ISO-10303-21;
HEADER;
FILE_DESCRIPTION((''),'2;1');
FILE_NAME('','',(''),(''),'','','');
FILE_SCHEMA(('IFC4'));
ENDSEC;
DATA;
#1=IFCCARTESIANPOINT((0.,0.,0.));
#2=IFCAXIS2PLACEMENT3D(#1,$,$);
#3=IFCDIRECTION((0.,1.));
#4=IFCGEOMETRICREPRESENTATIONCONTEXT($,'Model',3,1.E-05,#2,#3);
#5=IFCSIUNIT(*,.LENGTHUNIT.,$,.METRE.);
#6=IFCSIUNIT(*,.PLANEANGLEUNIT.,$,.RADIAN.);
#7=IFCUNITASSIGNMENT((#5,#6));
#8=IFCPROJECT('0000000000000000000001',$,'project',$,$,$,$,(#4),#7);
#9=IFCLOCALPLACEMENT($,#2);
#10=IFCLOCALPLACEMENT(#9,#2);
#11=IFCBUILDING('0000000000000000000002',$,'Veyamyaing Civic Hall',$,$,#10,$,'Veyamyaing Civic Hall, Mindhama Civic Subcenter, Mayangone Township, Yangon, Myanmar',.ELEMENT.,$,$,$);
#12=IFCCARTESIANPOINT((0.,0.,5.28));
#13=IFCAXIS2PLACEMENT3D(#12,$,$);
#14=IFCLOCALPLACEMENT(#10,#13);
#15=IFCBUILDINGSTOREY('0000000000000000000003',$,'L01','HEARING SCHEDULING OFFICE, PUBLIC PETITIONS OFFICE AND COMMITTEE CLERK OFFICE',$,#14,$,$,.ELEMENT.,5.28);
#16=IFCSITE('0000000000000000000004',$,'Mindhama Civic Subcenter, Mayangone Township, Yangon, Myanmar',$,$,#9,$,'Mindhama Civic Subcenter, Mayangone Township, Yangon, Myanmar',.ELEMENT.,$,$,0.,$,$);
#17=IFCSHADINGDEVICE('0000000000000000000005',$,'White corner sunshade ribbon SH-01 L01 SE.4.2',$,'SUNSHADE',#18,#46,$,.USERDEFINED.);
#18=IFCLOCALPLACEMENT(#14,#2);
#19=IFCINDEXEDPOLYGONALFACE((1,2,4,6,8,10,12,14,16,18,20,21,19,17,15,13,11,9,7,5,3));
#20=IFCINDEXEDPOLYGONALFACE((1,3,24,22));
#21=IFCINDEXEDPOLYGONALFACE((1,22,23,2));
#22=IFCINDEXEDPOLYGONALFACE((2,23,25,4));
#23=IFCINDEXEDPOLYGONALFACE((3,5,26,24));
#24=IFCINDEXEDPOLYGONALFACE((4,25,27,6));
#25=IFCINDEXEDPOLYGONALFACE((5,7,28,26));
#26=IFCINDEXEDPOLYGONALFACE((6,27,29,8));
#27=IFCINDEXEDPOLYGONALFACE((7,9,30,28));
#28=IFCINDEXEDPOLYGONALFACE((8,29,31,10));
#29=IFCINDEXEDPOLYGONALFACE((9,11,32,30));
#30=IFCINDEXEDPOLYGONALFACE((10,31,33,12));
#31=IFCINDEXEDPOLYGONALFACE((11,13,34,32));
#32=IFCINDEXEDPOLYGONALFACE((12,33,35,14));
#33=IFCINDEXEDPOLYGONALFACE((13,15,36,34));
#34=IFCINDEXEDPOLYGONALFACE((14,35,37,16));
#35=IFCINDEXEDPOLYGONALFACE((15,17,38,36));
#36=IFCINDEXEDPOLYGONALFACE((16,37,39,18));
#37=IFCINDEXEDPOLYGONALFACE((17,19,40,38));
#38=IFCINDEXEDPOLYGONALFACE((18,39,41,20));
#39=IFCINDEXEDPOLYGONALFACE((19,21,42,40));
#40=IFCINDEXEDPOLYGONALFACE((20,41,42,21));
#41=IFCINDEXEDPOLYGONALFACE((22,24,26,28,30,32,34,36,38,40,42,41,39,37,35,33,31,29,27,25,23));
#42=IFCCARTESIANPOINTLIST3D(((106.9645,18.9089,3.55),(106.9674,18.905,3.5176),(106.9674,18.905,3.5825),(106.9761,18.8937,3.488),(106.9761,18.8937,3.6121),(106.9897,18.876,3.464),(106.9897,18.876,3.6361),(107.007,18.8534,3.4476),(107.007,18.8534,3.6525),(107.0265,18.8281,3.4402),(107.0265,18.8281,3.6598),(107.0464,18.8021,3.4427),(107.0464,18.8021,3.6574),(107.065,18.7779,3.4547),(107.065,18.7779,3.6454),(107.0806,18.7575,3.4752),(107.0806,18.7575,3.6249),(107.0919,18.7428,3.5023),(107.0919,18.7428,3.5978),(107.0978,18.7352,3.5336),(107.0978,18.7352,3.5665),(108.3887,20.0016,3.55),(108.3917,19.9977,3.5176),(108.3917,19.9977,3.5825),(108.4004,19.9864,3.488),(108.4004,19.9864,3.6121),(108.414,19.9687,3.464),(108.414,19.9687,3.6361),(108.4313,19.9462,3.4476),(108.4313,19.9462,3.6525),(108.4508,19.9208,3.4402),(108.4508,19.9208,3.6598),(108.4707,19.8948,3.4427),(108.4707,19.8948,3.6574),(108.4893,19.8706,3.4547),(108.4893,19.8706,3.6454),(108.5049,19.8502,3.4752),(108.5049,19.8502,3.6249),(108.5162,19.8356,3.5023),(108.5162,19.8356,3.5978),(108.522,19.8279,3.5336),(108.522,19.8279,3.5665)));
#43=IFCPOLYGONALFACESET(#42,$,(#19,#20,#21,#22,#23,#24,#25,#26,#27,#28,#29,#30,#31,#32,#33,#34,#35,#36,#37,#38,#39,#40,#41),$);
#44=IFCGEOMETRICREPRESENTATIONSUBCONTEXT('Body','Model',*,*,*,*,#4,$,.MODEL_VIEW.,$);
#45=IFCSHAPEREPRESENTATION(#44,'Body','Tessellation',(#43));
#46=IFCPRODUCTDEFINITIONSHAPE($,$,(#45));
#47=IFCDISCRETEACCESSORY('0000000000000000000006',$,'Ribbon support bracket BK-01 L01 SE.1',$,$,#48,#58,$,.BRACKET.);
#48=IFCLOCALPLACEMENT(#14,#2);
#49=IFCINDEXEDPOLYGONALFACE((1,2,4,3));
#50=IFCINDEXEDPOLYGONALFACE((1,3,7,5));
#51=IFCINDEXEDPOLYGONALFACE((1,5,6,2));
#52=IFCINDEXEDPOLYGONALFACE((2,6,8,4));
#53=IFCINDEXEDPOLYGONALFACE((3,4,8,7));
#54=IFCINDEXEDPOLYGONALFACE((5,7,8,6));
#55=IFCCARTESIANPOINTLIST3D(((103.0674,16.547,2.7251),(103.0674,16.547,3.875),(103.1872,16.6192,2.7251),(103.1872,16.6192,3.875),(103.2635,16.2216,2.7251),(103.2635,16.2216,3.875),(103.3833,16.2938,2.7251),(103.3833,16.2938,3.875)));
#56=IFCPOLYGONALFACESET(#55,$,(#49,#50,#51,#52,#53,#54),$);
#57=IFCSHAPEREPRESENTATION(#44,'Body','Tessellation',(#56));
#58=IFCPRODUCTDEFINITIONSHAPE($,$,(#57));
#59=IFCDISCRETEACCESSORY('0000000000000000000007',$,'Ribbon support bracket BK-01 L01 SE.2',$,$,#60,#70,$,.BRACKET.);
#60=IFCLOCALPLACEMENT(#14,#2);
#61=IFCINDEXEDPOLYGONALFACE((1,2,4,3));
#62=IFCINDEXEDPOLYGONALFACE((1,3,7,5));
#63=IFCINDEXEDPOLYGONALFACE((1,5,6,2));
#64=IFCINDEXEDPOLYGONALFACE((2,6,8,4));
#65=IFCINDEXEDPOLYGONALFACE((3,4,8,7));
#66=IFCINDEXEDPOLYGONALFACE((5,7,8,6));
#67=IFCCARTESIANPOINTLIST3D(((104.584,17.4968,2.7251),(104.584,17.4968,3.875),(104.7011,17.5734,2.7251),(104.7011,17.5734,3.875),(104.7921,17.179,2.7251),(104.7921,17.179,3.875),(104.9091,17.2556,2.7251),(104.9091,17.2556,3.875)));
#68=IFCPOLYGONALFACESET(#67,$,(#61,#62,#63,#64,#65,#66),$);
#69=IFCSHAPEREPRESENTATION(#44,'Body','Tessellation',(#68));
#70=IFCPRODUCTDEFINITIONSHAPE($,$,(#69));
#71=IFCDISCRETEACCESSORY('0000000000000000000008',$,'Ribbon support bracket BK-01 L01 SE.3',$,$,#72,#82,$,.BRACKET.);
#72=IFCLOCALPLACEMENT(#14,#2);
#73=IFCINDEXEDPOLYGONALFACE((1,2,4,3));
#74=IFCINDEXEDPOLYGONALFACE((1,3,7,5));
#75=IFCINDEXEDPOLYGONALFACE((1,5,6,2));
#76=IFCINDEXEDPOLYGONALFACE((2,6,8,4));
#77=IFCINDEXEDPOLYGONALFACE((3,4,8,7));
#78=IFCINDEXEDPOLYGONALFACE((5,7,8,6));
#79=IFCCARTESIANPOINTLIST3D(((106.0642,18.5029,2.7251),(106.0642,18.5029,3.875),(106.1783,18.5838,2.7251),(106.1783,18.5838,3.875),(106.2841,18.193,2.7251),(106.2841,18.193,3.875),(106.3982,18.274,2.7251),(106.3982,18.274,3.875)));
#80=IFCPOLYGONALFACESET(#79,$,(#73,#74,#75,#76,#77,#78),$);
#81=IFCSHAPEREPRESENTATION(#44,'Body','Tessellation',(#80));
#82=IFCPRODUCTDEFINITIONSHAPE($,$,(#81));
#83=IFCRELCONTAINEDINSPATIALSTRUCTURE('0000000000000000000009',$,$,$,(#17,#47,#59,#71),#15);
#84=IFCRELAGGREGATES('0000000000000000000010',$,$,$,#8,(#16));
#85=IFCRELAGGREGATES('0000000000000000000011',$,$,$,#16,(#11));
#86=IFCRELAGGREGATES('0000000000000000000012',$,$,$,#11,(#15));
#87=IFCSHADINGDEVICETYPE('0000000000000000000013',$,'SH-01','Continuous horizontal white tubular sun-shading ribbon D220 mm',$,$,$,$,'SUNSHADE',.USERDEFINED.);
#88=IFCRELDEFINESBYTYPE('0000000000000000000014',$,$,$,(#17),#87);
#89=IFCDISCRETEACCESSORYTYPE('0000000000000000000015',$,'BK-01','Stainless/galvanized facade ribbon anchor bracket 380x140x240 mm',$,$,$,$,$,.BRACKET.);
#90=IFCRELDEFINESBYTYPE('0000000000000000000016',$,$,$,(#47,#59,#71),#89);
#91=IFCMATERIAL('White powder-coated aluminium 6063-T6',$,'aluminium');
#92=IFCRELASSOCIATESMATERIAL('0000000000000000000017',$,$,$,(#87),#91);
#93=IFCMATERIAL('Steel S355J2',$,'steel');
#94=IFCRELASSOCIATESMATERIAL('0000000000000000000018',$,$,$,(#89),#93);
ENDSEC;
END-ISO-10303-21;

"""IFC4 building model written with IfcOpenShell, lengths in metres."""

from ifc_helpers import new_model, si_unit, direction, frame, origin, origin_2d, place, context, subcontext, project, spatial, rectangle, circle, extrude, material, material_profile, profile_set, type_object, element, save


model = new_model("IFC4")

# Units and contexts
model_context = context("Model", 3, precision=1e-05, world=origin(), true_north=direction((0.0, 1.0)))
body_context = subcontext(model_context, "Body", "Model", "MODEL_VIEW")
ifc_project = project(units=[si_unit("LENGTHUNIT", "METRE"), si_unit("PLANEANGLEUNIT", "RADIAN")], contexts=[model_context])

# Site, building, storey
site_placement = place(None, origin())
site = spatial("IfcSite", under=ifc_project, at=site_placement, Name="Mindhama Civic Subcenter, Mayangone Township, Yangon, Myanmar", LongName="Mindhama Civic Subcenter, Mayangone Township, Yangon, Myanmar", CompositionType="ELEMENT", RefElevation=0.0)
building_placement = place(site_placement, origin())
building = spatial("IfcBuilding", under=site, at=building_placement, Name="Veyamyaing Civic Hall", LongName="Veyamyaing Civic Hall, Mindhama Civic Subcenter, Mayangone Township, Yangon, Myanmar", CompositionType="ELEMENT")
storey_placement = place(building_placement, frame((0.0, 0.0, 5.28)))
storey = spatial("IfcBuildingStorey", under=building, at=storey_placement, Name="L01", Description="HEARING SCHEDULING OFFICE, PUBLIC PETITIONS OFFICE AND COMMITTEE CLERK OFFICE", CompositionType="ELEMENT", Elevation=5.28)

# Shared definitions
ifc_material_1 = material(Name="White powder-coated aluminium 6063-T6", Category="aluminium")

# Shading device
ifc_material_profile_1 = material_profile(ifc_material_1, circle(Radius=0.1101, at=origin_2d()), Name="SHADE-TUBE-220")
ifc_profile_set_1 = profile_set([ifc_material_profile_1], Name="White powder-coated aluminium 6063-T6")
shading_device_type = type_object("IfcShadingDeviceType", Name="SH-01", Description="Continuous horizontal white tubular sun-shading ribbon D220 mm", ElementType="SUNSHADE", PredefinedType="USERDEFINED", material=ifc_profile_set_1)
for number, where, z_axis, x_axis, name in (
    (1, (107.0315, 18.8215, 3.55), (0.793392, 0.608711, 0.0), (-0.608711, 0.793392, 0.0), "White corner sunshade ribbon SH-01 L01 SE.4.2"),
):
    element("IfcShadingDevice", number, at=place(storey_placement, frame(where, z_axis=z_axis, x_axis=x_axis)), inside=storey, type_object=shading_device_type, Name=name, ObjectType="SUNSHADE", PredefinedType="USERDEFINED", context=body_context, shape_type="SweptSolid", body=[
        extrude(circle(Radius=0.1101, at=origin_2d()), origin(), (0.0, 0.0, 1.0), 1.7952),
    ])

# Discrete accessories
ifc_material_2 = material(Name="Steel S355J2", Category="steel")
discrete_accessory_type = type_object("IfcDiscreteAccessoryType", Name="BK-01", Description="Stainless/galvanized facade ribbon anchor bracket 380x140x240 mm", PredefinedType="BRACKET", material=ifc_material_2)
for number, where, z_axis, x_axis, name in (
    (2, (103.2253, 16.4204, 2.7251), (0.0, 0.0, 1.0), (0.516106, -0.856525, 0.0), "Ribbon support bracket BK-01 L01 SE.1"),
    (3, (104.7466, 17.3762, 2.7251), (0.0, 0.0, 1.0), (0.547772, -0.836628, 0.0), "Ribbon support bracket BK-01 L01 SE.2"),
    (4, (106.2312, 18.3884, 2.7251), (0.0, 0.0, 1.0), (0.578671, -0.815561, 0.0), "Ribbon support bracket BK-01 L01 SE.3"),
):
    element("IfcDiscreteAccessory", number, at=place(storey_placement, frame(where, z_axis=z_axis, x_axis=x_axis)), inside=storey, type_object=discrete_accessory_type, Name=name, PredefinedType="BRACKET", context=body_context, shape_type="SweptSolid", body=[
        extrude(rectangle(XDim=0.3799, YDim=0.1399, at=origin_2d()), origin(), (0.0, 0.0, 1.0), 1.1499),
    ])

save(model, "model.ifc")
